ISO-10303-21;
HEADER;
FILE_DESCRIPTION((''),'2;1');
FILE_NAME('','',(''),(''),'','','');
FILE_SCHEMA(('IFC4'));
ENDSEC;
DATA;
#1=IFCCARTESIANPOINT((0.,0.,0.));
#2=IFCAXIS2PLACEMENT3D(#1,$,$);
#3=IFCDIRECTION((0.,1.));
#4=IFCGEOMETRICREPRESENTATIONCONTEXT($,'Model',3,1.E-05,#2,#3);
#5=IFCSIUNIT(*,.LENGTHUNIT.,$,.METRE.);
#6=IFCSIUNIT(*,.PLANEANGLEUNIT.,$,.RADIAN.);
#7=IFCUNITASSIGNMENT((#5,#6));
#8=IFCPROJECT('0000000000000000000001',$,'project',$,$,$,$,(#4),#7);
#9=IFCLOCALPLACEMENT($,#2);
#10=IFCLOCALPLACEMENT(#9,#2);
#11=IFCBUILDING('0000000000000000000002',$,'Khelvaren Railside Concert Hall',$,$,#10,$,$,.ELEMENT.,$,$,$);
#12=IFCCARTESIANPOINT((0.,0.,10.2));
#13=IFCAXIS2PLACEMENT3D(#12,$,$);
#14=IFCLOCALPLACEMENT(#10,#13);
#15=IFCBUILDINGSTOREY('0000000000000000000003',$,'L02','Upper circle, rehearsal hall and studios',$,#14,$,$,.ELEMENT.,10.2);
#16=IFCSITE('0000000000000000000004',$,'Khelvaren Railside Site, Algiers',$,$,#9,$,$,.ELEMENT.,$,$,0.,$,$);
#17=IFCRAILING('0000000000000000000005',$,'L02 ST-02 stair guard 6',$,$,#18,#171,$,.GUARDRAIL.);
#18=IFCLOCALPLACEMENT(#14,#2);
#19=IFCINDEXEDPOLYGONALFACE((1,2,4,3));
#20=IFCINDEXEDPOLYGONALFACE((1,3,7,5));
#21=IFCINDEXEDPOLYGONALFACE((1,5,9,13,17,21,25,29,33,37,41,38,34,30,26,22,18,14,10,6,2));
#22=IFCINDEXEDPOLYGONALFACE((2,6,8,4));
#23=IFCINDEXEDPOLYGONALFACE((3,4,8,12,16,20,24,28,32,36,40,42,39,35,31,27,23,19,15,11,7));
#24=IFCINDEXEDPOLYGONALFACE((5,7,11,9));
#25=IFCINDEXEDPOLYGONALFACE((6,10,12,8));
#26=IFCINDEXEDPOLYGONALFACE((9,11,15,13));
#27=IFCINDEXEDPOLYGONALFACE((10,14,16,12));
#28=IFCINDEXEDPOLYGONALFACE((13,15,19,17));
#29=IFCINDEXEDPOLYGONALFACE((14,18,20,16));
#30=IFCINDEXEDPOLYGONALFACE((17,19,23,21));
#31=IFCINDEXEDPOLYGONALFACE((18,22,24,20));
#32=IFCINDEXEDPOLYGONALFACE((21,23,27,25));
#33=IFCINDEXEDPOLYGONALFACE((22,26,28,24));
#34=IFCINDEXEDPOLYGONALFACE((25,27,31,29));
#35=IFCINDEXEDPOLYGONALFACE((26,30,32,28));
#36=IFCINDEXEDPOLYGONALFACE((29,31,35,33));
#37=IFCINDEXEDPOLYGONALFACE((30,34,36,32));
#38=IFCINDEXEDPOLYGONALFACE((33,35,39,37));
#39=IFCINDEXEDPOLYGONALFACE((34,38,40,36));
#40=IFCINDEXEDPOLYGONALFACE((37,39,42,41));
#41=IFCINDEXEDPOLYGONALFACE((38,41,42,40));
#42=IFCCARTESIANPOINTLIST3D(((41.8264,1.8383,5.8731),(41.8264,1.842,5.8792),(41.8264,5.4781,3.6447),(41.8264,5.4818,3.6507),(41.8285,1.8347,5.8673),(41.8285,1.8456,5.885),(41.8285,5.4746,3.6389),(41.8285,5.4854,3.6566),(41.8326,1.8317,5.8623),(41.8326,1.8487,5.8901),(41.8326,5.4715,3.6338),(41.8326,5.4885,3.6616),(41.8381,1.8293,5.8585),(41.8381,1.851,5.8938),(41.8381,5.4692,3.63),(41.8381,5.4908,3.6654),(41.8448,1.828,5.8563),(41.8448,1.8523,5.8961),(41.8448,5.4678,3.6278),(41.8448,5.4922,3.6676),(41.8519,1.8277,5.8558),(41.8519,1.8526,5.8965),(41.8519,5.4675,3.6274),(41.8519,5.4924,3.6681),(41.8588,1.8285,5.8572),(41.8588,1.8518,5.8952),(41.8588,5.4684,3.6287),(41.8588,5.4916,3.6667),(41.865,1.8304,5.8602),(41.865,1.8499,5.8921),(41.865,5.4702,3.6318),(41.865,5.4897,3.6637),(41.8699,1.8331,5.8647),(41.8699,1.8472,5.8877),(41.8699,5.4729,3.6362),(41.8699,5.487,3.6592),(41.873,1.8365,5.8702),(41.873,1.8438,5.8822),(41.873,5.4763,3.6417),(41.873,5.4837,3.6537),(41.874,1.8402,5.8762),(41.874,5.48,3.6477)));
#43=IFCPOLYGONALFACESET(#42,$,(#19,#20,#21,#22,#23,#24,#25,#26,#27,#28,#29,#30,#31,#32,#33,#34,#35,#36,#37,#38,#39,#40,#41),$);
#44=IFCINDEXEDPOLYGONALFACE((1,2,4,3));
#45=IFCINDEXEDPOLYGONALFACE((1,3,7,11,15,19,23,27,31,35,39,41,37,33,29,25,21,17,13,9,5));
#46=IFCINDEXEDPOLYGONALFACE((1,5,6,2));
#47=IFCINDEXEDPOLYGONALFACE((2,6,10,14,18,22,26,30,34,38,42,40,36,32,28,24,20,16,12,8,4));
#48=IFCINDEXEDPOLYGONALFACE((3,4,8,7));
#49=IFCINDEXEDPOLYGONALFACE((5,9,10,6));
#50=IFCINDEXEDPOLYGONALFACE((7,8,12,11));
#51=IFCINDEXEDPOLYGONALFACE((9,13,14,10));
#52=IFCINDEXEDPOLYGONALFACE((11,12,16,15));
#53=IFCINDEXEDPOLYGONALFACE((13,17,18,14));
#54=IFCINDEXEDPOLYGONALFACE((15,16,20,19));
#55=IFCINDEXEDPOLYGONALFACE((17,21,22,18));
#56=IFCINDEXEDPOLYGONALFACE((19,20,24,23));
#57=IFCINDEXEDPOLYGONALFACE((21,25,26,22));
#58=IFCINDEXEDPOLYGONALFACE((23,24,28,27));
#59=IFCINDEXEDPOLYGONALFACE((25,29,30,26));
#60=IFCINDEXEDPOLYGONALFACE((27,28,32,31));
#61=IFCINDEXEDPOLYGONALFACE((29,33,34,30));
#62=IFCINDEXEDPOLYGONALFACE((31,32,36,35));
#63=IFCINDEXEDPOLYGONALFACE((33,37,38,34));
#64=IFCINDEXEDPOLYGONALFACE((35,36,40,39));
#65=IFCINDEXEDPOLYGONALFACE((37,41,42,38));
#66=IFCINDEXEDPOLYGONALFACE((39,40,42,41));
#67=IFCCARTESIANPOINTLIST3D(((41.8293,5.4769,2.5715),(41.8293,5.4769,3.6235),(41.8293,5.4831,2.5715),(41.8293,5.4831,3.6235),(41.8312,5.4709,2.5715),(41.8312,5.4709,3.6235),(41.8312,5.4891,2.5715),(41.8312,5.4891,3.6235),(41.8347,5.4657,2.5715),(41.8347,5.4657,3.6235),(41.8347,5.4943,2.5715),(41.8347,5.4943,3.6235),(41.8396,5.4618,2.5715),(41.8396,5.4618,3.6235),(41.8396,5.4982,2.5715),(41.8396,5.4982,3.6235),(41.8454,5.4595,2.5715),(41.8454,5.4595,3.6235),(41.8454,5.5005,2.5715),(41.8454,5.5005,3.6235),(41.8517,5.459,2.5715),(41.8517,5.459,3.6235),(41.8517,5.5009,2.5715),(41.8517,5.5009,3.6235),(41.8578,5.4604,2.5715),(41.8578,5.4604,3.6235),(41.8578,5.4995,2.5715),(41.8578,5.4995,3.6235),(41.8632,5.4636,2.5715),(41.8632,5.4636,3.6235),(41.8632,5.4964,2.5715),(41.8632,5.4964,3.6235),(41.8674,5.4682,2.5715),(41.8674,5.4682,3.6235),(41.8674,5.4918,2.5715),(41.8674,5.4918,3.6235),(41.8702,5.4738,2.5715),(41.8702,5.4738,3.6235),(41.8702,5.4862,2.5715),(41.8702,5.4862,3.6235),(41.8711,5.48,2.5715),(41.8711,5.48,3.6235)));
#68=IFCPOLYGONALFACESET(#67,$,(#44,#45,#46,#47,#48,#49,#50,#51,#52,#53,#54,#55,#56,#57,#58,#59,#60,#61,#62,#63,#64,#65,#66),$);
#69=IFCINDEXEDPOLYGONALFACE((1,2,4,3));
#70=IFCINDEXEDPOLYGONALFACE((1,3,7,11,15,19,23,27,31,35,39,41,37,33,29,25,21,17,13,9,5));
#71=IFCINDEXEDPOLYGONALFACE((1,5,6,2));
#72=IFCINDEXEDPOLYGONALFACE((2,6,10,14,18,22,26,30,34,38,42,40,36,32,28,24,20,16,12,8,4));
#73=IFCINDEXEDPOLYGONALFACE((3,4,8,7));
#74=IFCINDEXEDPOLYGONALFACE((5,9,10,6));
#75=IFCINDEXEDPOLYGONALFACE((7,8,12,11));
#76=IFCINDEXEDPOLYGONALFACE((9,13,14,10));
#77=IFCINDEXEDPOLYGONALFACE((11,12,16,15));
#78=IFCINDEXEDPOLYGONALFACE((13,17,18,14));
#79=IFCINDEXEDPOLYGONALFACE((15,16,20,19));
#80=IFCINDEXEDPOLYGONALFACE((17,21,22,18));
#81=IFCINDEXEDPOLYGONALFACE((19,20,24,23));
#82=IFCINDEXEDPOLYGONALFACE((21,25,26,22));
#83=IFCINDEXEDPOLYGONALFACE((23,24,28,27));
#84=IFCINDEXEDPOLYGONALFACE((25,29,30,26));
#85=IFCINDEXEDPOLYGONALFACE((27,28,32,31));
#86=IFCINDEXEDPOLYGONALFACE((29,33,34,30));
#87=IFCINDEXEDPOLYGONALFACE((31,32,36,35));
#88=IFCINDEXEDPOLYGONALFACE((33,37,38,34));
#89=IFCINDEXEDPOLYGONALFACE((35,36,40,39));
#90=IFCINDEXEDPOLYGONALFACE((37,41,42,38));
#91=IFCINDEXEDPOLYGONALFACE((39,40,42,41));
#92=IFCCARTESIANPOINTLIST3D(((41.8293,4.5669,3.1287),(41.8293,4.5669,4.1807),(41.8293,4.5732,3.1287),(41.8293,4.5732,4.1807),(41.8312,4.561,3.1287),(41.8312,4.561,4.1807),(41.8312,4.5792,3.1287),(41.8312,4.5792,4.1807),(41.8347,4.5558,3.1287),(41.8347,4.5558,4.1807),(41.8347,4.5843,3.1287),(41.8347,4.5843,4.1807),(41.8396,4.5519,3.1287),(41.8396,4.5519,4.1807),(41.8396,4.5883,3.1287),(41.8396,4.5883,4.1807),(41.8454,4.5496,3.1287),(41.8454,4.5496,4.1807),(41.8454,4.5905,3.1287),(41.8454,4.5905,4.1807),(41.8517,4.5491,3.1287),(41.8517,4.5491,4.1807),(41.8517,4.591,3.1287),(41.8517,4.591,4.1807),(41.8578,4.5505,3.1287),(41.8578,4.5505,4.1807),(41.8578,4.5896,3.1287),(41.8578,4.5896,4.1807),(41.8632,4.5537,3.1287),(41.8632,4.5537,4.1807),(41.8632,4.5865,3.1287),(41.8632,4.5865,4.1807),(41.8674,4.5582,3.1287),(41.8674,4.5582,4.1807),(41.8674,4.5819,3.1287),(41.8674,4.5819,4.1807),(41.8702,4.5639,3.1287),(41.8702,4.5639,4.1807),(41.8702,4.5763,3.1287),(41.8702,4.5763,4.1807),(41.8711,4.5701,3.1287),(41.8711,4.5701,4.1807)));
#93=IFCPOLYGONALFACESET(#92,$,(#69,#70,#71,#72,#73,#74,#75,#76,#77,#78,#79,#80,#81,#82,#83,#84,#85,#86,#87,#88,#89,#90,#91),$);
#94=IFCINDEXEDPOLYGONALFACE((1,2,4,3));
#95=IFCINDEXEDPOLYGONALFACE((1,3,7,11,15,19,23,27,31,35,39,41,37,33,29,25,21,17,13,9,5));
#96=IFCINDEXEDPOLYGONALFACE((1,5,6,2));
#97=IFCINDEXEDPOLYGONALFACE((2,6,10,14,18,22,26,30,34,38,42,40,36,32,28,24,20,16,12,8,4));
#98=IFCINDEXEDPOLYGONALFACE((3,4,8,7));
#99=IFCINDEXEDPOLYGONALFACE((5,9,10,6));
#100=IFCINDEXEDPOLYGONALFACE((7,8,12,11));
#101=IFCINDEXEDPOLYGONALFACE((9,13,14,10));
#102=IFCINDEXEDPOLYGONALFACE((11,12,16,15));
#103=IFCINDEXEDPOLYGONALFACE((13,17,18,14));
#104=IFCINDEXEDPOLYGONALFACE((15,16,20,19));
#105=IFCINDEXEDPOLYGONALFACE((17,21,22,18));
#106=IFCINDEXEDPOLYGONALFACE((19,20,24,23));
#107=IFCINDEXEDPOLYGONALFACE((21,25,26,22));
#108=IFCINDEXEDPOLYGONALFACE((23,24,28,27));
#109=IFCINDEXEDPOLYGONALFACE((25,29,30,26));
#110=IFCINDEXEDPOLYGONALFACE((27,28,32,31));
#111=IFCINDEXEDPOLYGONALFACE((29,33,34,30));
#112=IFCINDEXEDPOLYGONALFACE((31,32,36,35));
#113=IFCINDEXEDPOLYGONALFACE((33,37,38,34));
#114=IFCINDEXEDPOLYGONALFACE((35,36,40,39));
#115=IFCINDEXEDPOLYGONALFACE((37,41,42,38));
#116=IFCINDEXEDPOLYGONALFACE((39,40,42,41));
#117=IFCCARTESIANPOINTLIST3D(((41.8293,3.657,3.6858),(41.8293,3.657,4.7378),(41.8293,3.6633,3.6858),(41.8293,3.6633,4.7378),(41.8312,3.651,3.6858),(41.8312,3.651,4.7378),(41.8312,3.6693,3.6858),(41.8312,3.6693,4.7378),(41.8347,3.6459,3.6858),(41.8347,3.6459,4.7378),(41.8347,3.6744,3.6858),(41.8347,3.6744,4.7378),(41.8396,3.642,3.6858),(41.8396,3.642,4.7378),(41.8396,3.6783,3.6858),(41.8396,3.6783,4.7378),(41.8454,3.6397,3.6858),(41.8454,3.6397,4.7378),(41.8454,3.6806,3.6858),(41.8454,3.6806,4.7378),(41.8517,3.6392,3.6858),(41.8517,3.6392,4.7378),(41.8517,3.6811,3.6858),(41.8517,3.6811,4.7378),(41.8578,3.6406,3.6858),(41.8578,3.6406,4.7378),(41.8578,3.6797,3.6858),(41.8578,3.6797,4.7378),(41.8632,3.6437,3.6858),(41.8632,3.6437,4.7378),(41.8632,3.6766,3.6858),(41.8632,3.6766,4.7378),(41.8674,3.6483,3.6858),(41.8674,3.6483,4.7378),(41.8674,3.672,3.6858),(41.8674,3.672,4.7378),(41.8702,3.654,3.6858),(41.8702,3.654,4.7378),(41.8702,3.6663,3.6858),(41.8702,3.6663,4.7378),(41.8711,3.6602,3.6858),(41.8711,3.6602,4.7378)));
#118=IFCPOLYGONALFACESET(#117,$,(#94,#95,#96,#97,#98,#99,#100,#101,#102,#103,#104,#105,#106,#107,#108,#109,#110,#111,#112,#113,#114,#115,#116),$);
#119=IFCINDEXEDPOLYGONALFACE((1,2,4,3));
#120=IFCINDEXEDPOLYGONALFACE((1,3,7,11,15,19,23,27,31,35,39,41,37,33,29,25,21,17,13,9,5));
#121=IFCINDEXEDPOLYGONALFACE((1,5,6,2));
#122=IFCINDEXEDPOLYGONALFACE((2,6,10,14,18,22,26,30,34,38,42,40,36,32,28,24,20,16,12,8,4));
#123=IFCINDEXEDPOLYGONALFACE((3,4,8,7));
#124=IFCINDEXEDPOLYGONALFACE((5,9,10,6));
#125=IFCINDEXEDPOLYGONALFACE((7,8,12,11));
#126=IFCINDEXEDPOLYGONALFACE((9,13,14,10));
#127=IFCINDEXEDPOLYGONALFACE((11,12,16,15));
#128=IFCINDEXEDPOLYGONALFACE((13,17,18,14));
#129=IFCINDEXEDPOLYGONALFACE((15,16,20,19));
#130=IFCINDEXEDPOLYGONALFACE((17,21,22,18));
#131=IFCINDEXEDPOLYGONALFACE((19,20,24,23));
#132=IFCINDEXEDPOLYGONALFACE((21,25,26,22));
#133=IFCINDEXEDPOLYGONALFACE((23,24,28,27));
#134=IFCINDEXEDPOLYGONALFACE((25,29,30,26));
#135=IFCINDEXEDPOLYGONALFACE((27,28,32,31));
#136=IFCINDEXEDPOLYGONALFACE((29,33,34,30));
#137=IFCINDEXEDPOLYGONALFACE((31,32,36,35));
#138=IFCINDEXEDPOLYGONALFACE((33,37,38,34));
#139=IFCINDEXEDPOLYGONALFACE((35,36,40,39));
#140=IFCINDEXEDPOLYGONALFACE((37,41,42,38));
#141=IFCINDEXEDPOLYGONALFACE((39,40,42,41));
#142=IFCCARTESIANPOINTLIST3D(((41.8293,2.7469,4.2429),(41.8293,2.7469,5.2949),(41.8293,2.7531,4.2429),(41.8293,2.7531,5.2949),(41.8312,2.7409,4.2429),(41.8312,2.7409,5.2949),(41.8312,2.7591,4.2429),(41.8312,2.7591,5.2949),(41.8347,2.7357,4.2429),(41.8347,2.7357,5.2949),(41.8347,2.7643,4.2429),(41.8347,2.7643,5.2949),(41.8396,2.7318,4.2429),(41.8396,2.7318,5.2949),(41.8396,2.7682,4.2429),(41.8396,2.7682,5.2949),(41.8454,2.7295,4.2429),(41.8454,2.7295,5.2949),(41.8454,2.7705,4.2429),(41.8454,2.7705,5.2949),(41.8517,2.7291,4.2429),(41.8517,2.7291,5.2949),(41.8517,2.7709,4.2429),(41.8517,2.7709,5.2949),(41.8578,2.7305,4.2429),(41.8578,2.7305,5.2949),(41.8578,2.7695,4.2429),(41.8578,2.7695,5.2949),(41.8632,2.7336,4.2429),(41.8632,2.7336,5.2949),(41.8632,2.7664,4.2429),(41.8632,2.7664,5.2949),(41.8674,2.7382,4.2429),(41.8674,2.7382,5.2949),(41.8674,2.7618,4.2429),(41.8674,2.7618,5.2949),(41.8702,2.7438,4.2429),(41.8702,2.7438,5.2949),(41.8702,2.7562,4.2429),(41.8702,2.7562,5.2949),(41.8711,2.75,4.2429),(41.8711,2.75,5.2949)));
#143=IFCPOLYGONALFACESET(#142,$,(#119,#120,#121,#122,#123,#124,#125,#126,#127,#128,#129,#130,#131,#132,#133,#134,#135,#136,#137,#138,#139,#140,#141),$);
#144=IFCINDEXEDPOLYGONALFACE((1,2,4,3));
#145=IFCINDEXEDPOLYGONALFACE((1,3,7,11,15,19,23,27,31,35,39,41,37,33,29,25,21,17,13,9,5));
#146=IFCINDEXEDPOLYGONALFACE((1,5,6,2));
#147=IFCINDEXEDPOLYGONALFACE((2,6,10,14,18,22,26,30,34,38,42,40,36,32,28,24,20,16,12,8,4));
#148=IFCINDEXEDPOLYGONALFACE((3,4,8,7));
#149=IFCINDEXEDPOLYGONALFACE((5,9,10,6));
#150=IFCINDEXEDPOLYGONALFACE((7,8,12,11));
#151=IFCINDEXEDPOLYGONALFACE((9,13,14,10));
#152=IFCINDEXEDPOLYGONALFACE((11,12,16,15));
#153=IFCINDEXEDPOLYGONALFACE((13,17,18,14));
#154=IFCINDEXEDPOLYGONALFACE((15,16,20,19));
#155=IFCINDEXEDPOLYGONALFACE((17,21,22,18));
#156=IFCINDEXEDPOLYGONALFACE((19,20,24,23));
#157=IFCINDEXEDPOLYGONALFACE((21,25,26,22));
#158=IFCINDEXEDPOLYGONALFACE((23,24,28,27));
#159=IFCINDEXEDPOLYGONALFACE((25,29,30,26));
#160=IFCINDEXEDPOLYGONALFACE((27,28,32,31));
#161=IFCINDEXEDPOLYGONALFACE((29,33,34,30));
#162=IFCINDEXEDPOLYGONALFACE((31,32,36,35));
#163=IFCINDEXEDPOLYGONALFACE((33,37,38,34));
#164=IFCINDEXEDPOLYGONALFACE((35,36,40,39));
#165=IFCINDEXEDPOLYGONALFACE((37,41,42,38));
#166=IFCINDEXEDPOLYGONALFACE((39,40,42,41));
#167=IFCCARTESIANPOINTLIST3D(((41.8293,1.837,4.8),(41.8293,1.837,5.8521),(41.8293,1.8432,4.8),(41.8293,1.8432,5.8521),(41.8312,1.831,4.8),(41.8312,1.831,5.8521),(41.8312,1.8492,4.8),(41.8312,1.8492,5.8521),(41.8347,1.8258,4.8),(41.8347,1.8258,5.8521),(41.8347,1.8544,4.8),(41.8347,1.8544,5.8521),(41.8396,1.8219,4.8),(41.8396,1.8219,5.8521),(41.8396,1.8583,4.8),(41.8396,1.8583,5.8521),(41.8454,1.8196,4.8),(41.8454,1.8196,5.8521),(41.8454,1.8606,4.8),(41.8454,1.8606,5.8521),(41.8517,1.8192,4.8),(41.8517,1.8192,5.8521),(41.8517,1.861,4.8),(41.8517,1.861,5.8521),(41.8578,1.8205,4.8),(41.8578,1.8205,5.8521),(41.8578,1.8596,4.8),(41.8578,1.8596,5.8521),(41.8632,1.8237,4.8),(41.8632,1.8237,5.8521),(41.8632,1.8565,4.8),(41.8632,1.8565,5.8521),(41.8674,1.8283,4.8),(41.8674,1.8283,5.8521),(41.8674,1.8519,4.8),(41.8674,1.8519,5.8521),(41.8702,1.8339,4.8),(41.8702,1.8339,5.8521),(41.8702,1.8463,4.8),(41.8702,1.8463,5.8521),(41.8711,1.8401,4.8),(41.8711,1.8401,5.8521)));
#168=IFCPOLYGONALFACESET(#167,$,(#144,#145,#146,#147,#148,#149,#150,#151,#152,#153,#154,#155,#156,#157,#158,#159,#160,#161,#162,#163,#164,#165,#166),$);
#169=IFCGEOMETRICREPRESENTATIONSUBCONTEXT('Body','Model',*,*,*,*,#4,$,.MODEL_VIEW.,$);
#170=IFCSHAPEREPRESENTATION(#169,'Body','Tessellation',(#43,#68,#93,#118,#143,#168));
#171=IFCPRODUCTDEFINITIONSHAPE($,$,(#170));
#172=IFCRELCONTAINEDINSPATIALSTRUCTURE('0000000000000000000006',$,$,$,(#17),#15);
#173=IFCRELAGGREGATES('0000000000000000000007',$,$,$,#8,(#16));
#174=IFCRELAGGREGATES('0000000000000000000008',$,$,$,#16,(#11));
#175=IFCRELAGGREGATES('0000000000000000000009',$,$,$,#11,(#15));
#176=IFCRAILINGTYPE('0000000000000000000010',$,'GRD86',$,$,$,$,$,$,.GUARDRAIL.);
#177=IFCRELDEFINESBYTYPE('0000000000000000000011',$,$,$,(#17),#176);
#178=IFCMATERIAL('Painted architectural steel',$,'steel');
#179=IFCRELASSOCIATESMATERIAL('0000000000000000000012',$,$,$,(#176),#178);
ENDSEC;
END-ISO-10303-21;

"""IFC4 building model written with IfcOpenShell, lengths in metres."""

from ifc_helpers import new_model, si_unit, direction, frame, origin, origin_2d, place, context, subcontext, project, spatial, circle, extrude, material, type_object, element, save


model = new_model("IFC4")

# Units and contexts
model_context = context("Model", 3, precision=1e-05, world=origin(), true_north=direction((0.0, 1.0)))
body_context = subcontext(model_context, "Body", "Model", "MODEL_VIEW")
ifc_project = project(units=[si_unit("LENGTHUNIT", "METRE"), si_unit("PLANEANGLEUNIT", "RADIAN")], contexts=[model_context])

# Site, building, storey
site_placement = place(None, origin())
site = spatial("IfcSite", under=ifc_project, at=site_placement, Name="Khelvaren Railside Site, Algiers", CompositionType="ELEMENT", RefElevation=0.0)
building_placement = place(site_placement, origin())
building = spatial("IfcBuilding", under=site, at=building_placement, Name="Khelvaren Railside Concert Hall", CompositionType="ELEMENT")
storey_placement = place(building_placement, frame((0.0, 0.0, 10.2)))
storey = spatial("IfcBuildingStorey", under=building, at=storey_placement, Name="L02", Description="Upper circle, rehearsal hall and studios", CompositionType="ELEMENT", Elevation=10.2)

# Railing
ifc_material_1 = material(Name="Painted architectural steel", Category="steel")
railing_type_1 = type_object("IfcRailingType", Name="GRD86", PredefinedType="GUARDRAIL", material=ifc_material_1)
railing_1_placement = place(storey_placement, frame((41.8501, 5.48, 2.5715)))
element("IfcRailing", 1, at=railing_1_placement, inside=storey, type_object=railing_type_1, Name="L02 ST-02 stair guard 6", PredefinedType="GUARDRAIL", context=body_context, shape_type="SweptSolid", body=[
    extrude(circle(Radius=0.0239, at=origin_2d()), frame((0.0, 0.0, 1.0762), z_axis=(0.0, -0.85285, 0.522156), x_axis=(1.0, 0.0, 0.0)), (0.0, 0.0, 1.0), 4.2678),
    extrude(circle(Radius=0.021, at=origin_2d()), origin(), (0.0, 0.0, 1.0), 1.052),
    extrude(circle(Radius=0.021, at=origin_2d()), frame((0.0, -0.9099, 0.5571)), (0.0, 0.0, 1.0), 1.052),
    extrude(circle(Radius=0.021, at=origin_2d()), frame((0.0, -1.8198, 1.1143)), (0.0, 0.0, 1.0), 1.052),
    extrude(circle(Radius=0.021, at=origin_2d()), frame((0.0, -2.73, 1.6714)), (0.0, 0.0, 1.0), 1.052),
    extrude(circle(Radius=0.021, at=origin_2d()), frame((0.0, -3.6399, 2.2285)), (0.0, 0.0, 1.0), 1.052),
])

save(model, "model.ifc")
